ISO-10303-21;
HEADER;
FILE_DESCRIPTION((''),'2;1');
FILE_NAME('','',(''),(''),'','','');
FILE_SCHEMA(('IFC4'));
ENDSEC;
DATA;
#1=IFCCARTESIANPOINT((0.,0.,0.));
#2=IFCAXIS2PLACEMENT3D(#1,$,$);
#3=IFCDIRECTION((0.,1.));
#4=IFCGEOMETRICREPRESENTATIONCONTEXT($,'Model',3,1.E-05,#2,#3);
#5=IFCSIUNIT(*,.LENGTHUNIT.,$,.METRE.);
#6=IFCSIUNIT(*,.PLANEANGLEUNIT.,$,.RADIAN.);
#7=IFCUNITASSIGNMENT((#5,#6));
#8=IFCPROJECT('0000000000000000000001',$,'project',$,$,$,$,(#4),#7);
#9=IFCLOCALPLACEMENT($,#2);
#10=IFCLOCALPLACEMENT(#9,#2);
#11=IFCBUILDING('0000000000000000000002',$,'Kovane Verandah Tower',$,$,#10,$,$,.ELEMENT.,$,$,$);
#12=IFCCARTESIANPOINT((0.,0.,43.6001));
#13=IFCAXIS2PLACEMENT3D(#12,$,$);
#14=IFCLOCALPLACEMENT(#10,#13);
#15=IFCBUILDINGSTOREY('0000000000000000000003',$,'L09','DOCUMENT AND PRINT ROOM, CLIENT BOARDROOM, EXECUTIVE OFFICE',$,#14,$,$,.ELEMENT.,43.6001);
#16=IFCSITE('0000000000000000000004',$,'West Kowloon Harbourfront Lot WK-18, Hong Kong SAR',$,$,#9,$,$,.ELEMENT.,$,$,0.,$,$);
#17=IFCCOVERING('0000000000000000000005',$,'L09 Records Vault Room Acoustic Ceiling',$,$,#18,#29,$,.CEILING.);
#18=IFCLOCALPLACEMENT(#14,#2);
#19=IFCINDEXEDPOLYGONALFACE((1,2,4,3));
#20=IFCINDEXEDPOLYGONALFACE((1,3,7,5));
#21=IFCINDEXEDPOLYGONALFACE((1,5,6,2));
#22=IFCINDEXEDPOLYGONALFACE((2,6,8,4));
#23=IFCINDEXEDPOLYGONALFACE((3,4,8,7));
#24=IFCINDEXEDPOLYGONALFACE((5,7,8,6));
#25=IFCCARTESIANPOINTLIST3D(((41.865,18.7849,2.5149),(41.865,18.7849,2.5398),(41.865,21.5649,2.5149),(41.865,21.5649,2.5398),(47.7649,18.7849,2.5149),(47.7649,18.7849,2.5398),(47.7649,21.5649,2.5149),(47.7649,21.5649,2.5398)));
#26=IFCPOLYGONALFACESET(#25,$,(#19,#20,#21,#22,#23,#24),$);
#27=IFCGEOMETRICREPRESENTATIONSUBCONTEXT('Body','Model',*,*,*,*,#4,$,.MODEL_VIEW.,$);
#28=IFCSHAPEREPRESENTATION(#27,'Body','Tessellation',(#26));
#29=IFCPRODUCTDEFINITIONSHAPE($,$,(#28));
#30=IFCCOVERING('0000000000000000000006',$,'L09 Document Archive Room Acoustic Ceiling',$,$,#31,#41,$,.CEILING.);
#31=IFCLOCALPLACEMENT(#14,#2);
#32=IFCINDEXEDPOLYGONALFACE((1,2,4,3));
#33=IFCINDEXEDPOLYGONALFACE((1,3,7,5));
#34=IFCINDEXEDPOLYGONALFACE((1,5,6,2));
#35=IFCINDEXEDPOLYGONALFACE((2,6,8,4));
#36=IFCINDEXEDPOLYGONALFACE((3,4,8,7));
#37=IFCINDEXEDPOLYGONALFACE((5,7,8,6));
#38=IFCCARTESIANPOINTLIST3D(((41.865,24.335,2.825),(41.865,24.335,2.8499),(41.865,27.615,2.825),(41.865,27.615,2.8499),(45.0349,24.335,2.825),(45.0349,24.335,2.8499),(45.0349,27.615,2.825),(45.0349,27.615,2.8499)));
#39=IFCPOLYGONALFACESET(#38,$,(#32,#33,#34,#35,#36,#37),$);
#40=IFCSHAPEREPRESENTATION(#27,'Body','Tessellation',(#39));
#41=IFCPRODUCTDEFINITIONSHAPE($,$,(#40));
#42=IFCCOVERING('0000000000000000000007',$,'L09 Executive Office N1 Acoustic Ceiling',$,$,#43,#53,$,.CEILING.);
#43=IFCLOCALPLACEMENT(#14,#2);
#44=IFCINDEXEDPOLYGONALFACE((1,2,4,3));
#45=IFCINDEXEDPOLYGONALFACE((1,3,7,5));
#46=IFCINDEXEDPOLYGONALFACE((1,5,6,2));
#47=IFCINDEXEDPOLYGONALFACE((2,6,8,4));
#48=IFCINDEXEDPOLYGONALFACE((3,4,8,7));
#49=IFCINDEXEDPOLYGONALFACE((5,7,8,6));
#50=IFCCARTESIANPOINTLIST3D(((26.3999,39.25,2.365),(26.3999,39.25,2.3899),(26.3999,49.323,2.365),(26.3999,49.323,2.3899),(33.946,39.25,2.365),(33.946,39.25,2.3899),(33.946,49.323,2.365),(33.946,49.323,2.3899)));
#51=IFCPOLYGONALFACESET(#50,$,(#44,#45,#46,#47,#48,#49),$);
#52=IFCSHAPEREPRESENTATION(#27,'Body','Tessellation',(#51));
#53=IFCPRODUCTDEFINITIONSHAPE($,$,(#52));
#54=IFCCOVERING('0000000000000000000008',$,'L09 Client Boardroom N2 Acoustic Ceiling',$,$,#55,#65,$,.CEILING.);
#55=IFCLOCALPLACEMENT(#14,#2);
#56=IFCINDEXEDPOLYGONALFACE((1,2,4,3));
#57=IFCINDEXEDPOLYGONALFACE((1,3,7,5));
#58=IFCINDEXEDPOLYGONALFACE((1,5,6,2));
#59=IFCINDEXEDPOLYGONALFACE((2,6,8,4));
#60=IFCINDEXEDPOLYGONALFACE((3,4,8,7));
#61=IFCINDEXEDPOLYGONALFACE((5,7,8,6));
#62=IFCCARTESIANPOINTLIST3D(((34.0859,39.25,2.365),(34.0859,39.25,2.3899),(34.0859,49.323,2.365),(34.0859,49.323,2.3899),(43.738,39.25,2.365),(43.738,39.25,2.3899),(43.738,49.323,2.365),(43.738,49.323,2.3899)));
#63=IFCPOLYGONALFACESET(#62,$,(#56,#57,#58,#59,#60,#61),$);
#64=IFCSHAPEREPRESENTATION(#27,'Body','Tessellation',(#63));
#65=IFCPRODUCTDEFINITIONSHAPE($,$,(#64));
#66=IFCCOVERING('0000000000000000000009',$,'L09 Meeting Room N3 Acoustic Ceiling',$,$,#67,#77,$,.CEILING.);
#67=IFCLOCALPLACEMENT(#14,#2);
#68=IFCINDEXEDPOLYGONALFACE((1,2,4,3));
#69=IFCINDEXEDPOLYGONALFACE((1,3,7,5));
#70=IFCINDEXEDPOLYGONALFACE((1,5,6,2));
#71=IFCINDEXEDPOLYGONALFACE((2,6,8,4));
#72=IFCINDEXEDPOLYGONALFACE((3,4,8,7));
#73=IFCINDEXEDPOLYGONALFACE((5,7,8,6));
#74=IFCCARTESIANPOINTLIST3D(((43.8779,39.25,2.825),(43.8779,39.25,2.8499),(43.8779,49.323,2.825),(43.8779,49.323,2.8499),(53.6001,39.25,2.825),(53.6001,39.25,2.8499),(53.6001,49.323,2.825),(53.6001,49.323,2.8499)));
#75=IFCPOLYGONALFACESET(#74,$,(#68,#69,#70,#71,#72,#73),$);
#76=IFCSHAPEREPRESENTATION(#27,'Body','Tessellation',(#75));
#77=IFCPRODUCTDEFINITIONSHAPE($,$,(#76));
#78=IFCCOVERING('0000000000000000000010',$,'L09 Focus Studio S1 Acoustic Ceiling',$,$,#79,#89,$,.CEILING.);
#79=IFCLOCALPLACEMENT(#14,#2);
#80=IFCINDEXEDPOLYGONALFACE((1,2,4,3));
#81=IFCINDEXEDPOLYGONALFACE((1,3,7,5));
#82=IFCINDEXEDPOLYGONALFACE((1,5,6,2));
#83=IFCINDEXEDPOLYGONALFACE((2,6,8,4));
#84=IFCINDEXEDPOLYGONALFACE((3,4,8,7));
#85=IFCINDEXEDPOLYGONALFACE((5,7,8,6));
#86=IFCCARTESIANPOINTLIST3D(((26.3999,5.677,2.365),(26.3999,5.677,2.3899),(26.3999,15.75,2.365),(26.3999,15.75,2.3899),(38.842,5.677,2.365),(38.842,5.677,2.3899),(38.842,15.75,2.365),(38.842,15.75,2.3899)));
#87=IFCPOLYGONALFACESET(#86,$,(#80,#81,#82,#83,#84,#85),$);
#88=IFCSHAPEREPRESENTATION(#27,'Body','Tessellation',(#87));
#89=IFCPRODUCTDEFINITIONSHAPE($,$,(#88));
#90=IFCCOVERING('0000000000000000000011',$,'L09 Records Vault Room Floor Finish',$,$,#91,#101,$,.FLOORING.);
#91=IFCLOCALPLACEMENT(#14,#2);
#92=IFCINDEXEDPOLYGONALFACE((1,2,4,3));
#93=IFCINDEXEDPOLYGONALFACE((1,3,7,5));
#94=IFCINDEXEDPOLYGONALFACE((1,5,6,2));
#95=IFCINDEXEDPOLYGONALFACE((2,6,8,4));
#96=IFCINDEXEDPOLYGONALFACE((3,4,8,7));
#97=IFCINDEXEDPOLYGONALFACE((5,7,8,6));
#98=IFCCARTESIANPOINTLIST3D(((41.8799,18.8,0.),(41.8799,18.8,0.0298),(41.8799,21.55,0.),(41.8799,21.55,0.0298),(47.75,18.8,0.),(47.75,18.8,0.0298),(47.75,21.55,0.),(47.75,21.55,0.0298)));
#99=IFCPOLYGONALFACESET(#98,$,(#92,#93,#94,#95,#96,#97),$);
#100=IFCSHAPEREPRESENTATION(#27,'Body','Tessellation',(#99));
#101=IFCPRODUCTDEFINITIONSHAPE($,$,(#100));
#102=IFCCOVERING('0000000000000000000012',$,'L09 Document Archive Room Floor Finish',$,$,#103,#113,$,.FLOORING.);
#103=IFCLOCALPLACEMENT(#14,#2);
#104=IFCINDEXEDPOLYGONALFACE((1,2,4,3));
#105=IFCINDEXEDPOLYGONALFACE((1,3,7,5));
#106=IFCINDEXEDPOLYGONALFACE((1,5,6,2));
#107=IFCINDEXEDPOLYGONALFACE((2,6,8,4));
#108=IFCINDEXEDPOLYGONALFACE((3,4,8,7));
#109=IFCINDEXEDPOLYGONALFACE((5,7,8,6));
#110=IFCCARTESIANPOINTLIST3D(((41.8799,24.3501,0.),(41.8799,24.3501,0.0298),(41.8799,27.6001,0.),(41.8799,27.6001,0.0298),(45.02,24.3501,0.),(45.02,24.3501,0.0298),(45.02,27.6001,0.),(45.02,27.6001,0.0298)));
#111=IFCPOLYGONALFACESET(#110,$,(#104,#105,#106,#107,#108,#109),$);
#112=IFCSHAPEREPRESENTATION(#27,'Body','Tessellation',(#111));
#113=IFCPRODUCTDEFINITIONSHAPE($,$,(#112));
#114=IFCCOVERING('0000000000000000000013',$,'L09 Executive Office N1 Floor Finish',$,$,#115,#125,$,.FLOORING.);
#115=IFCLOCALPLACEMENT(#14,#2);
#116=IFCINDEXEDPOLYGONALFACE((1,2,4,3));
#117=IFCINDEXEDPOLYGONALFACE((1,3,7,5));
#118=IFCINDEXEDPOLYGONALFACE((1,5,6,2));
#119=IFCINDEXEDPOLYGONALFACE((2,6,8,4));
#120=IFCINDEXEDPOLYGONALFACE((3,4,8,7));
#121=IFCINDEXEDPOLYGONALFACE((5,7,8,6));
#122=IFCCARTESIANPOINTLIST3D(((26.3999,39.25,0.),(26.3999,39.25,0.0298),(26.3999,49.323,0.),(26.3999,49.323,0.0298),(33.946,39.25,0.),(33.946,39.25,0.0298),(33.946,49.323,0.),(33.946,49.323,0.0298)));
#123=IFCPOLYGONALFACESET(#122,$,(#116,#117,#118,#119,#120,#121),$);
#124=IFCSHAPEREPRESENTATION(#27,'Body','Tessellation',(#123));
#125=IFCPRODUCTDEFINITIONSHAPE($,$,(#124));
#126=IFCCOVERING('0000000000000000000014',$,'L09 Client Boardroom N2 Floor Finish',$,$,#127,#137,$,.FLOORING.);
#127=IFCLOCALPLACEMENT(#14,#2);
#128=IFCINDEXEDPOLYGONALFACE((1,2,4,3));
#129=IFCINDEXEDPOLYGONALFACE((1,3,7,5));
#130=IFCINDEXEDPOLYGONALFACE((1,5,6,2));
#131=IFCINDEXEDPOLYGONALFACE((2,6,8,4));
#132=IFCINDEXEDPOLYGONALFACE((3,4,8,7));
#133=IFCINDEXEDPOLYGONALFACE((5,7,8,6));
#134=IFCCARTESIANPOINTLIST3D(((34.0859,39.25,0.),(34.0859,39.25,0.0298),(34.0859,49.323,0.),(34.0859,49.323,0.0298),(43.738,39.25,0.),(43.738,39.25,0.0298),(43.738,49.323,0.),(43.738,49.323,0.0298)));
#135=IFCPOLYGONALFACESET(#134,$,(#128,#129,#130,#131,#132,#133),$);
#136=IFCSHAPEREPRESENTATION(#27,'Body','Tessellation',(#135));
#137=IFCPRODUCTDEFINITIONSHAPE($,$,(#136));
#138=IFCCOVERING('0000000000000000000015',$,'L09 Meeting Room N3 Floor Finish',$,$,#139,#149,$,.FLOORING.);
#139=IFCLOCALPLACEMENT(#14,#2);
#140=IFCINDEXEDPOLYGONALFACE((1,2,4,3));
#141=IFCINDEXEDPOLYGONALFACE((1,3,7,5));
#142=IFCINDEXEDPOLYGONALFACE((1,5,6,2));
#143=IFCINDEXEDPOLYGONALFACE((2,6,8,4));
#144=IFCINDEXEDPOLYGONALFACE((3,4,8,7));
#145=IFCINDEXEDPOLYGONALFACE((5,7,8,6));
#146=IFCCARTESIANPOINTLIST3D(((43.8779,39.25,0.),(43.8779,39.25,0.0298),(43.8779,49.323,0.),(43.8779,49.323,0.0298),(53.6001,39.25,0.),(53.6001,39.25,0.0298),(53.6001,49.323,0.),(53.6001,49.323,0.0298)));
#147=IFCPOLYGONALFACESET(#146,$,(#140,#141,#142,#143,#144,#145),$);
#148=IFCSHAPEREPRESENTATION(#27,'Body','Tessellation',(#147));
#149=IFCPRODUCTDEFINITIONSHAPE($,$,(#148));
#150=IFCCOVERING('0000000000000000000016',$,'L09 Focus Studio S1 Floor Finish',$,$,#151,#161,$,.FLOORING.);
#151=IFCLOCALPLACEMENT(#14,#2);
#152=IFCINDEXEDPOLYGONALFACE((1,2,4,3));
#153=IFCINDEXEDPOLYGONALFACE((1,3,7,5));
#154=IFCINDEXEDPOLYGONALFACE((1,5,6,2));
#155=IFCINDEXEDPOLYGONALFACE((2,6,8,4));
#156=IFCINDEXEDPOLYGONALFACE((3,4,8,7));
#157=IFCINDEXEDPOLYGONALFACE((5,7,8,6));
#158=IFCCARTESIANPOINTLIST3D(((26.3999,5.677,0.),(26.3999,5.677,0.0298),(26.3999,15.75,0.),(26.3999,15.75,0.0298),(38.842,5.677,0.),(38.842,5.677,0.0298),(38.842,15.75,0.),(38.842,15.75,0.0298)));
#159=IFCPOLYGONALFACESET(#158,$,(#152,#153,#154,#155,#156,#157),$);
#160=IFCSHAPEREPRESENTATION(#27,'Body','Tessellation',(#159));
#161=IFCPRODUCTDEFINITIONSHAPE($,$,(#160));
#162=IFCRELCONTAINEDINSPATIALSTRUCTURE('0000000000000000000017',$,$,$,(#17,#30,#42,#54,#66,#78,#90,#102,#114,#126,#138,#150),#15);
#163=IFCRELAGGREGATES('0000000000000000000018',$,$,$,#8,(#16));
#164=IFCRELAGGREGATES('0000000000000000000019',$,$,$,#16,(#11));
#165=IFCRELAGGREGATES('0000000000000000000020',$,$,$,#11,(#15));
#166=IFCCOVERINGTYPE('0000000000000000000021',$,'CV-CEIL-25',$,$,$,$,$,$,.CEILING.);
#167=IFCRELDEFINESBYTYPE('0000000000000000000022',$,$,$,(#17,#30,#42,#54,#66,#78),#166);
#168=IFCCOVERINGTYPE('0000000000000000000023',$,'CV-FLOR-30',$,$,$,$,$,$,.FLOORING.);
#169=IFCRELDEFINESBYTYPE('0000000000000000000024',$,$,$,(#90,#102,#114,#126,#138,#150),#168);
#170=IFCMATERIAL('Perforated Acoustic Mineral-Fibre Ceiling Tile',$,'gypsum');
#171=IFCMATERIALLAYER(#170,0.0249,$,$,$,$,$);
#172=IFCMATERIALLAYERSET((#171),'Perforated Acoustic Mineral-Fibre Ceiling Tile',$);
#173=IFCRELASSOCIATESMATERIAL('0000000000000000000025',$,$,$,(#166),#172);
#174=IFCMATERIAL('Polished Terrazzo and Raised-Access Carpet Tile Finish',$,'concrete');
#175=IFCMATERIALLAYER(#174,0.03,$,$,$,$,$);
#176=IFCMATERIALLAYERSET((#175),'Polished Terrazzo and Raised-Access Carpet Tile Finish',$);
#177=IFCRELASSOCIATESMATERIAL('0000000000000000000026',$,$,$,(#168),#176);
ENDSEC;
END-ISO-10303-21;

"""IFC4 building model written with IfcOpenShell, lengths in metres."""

from ifc_helpers import new_model, si_unit, direction, frame, origin, place, context, subcontext, project, spatial, polyline, outline, extrude, material, layer, layer_set, type_object, element, save


model = new_model("IFC4")

# Units and contexts
model_context = context("Model", 3, precision=1e-05, world=origin(), true_north=direction((0.0, 1.0)))
body_context = subcontext(model_context, "Body", "Model", "MODEL_VIEW")
ifc_project = project(units=[si_unit("LENGTHUNIT", "METRE"), si_unit("PLANEANGLEUNIT", "RADIAN")], contexts=[model_context])

# Site, building, storey
site_placement = place(None, origin())
site = spatial("IfcSite", under=ifc_project, at=site_placement, Name="West Kowloon Harbourfront Lot WK-18, Hong Kong SAR", CompositionType="ELEMENT", RefElevation=0.0)
building_placement = place(site_placement, origin())
building = spatial("IfcBuilding", under=site, at=building_placement, Name="Kovane Verandah Tower", CompositionType="ELEMENT")
storey_placement = place(building_placement, frame((0.0, 0.0, 43.6001)))
storey = spatial("IfcBuildingStorey", under=building, at=storey_placement, Name="L09", Description="DOCUMENT AND PRINT ROOM, CLIENT BOARDROOM, EXECUTIVE OFFICE", CompositionType="ELEMENT", Elevation=43.6001)

# Coverings
ifc_material_1 = material(Name="Perforated Acoustic Mineral-Fibre Ceiling Tile", Category="gypsum")
ifc_layer_1 = layer(ifc_material_1, 0.0249)
ifc_layer_set_1 = layer_set([ifc_layer_1], Name="Perforated Acoustic Mineral-Fibre Ceiling Tile")
covering_type_1 = type_object("IfcCoveringType", Name="CV-CEIL-25", PredefinedType="CEILING", material=ifc_layer_set_1)
covering_1_placement = place(storey_placement, frame((0.0, 0.0, 2.5149)))
element("IfcCovering", 1, at=covering_1_placement, inside=storey, type_object=covering_type_1, Name="L09 Records Vault Room Acoustic Ceiling", PredefinedType="CEILING", context=body_context, shape_type="SweptSolid", body=[
    extrude(outline(polyline([(41.865, 18.7849), (47.7649, 18.7849), (47.7649, 21.5649), (41.865, 21.5649), (41.865, 18.7849)])), origin(), (0.0, 0.0, 1.0), 0.0249),
])
covering_2_placement = place(storey_placement, frame((0.0, 0.0, 2.825)))
element("IfcCovering", 2, at=covering_2_placement, inside=storey, type_object=covering_type_1, Name="L09 Document Archive Room Acoustic Ceiling", PredefinedType="CEILING", context=body_context, shape_type="SweptSolid", body=[
    extrude(outline(polyline([(41.865, 24.335), (45.0349, 24.335), (45.0349, 27.615), (41.865, 27.615), (41.865, 24.335)])), origin(), (0.0, 0.0, 1.0), 0.0249),
])
covering_3_placement = place(storey_placement, frame((0.0, 0.0, 2.365)))
element("IfcCovering", 3, at=covering_3_placement, inside=storey, type_object=covering_type_1, Name="L09 Executive Office N1 Acoustic Ceiling", PredefinedType="CEILING", context=body_context, shape_type="SweptSolid", body=[
    extrude(outline(polyline([(26.3999, 39.25), (33.946, 39.25), (33.946, 49.323), (26.3999, 49.323), (26.3999, 39.25)])), origin(), (0.0, 0.0, 1.0), 0.0249),
])
covering_4_placement = place(storey_placement, frame((0.0, 0.0, 2.365)))
element("IfcCovering", 4, at=covering_4_placement, inside=storey, type_object=covering_type_1, Name="L09 Client Boardroom N2 Acoustic Ceiling", PredefinedType="CEILING", context=body_context, shape_type="SweptSolid", body=[
    extrude(outline(polyline([(34.0859, 39.25), (43.738, 39.25), (43.738, 49.323), (34.0859, 49.323), (34.0859, 39.25)])), origin(), (0.0, 0.0, 1.0), 0.0249),
])
covering_5_placement = place(storey_placement, frame((0.0, 0.0, 2.825)))
element("IfcCovering", 5, at=covering_5_placement, inside=storey, type_object=covering_type_1, Name="L09 Meeting Room N3 Acoustic Ceiling", PredefinedType="CEILING", context=body_context, shape_type="SweptSolid", body=[
    extrude(outline(polyline([(43.8779, 39.25), (53.6001, 39.25), (53.6001, 49.323), (43.8779, 49.323), (43.8779, 39.25)])), origin(), (0.0, 0.0, 1.0), 0.0249),
])
covering_6_placement = place(storey_placement, frame((0.0, 0.0, 2.365)))
element("IfcCovering", 6, at=covering_6_placement, inside=storey, type_object=covering_type_1, Name="L09 Focus Studio S1 Acoustic Ceiling", PredefinedType="CEILING", context=body_context, shape_type="SweptSolid", body=[
    extrude(outline(polyline([(26.3999, 5.677), (38.842, 5.677), (38.842, 15.75), (26.3999, 15.75), (26.3999, 5.677)])), origin(), (0.0, 0.0, 1.0), 0.0249),
])
ifc_material_2 = material(Name="Polished Terrazzo and Raised-Access Carpet Tile Finish", Category="concrete")
ifc_layer_2 = layer(ifc_material_2, 0.03)
ifc_layer_set_2 = layer_set([ifc_layer_2], Name="Polished Terrazzo and Raised-Access Carpet Tile Finish")
covering_type_2 = type_object("IfcCoveringType", Name="CV-FLOR-30", PredefinedType="FLOORING", material=ifc_layer_set_2)
covering_7_placement = place(storey_placement, origin())
element("IfcCovering", 7, at=covering_7_placement, inside=storey, type_object=covering_type_2, Name="L09 Records Vault Room Floor Finish", PredefinedType="FLOORING", context=body_context, shape_type="SweptSolid", body=[
    extrude(outline(polyline([(41.8799, 18.8), (47.75, 18.8), (47.75, 21.55), (41.8799, 21.55), (41.8799, 18.8)])), origin(), (0.0, 0.0, 1.0), 0.0298),
])
covering_8_placement = place(storey_placement, origin())
element("IfcCovering", 8, at=covering_8_placement, inside=storey, type_object=covering_type_2, Name="L09 Document Archive Room Floor Finish", PredefinedType="FLOORING", context=body_context, shape_type="SweptSolid", body=[
    extrude(outline(polyline([(41.8799, 24.3501), (45.02, 24.3501), (45.02, 27.6001), (41.8799, 27.6001), (41.8799, 24.3501)])), origin(), (0.0, 0.0, 1.0), 0.0298),
])
covering_9_placement = place(storey_placement, origin())
element("IfcCovering", 9, at=covering_9_placement, inside=storey, type_object=covering_type_2, Name="L09 Executive Office N1 Floor Finish", PredefinedType="FLOORING", context=body_context, shape_type="SweptSolid", body=[
    extrude(outline(polyline([(26.3999, 39.25), (33.946, 39.25), (33.946, 49.323), (26.3999, 49.323), (26.3999, 39.25)])), origin(), (0.0, 0.0, 1.0), 0.0298),
])
covering_10_placement = place(storey_placement, origin())
element("IfcCovering", 10, at=covering_10_placement, inside=storey, type_object=covering_type_2, Name="L09 Client Boardroom N2 Floor Finish", PredefinedType="FLOORING", context=body_context, shape_type="SweptSolid", body=[
    extrude(outline(polyline([(34.0859, 39.25), (43.738, 39.25), (43.738, 49.323), (34.0859, 49.323), (34.0859, 39.25)])), origin(), (0.0, 0.0, 1.0), 0.0298),
])
covering_11_placement = place(storey_placement, origin())
element("IfcCovering", 11, at=covering_11_placement, inside=storey, type_object=covering_type_2, Name="L09 Meeting Room N3 Floor Finish", PredefinedType="FLOORING", context=body_context, shape_type="SweptSolid", body=[
    extrude(outline(polyline([(43.8779, 39.25), (53.6001, 39.25), (53.6001, 49.323), (43.8779, 49.323), (43.8779, 39.25)])), origin(), (0.0, 0.0, 1.0), 0.0298),
])
covering_12_placement = place(storey_placement, origin())
element("IfcCovering", 12, at=covering_12_placement, inside=storey, type_object=covering_type_2, Name="L09 Focus Studio S1 Floor Finish", PredefinedType="FLOORING", context=body_context, shape_type="SweptSolid", body=[
    extrude(outline(polyline([(26.3999, 5.677), (38.842, 5.677), (38.842, 15.75), (26.3999, 15.75), (26.3999, 5.677)])), origin(), (0.0, 0.0, 1.0), 0.0298),
])

save(model, "model.ifc")
